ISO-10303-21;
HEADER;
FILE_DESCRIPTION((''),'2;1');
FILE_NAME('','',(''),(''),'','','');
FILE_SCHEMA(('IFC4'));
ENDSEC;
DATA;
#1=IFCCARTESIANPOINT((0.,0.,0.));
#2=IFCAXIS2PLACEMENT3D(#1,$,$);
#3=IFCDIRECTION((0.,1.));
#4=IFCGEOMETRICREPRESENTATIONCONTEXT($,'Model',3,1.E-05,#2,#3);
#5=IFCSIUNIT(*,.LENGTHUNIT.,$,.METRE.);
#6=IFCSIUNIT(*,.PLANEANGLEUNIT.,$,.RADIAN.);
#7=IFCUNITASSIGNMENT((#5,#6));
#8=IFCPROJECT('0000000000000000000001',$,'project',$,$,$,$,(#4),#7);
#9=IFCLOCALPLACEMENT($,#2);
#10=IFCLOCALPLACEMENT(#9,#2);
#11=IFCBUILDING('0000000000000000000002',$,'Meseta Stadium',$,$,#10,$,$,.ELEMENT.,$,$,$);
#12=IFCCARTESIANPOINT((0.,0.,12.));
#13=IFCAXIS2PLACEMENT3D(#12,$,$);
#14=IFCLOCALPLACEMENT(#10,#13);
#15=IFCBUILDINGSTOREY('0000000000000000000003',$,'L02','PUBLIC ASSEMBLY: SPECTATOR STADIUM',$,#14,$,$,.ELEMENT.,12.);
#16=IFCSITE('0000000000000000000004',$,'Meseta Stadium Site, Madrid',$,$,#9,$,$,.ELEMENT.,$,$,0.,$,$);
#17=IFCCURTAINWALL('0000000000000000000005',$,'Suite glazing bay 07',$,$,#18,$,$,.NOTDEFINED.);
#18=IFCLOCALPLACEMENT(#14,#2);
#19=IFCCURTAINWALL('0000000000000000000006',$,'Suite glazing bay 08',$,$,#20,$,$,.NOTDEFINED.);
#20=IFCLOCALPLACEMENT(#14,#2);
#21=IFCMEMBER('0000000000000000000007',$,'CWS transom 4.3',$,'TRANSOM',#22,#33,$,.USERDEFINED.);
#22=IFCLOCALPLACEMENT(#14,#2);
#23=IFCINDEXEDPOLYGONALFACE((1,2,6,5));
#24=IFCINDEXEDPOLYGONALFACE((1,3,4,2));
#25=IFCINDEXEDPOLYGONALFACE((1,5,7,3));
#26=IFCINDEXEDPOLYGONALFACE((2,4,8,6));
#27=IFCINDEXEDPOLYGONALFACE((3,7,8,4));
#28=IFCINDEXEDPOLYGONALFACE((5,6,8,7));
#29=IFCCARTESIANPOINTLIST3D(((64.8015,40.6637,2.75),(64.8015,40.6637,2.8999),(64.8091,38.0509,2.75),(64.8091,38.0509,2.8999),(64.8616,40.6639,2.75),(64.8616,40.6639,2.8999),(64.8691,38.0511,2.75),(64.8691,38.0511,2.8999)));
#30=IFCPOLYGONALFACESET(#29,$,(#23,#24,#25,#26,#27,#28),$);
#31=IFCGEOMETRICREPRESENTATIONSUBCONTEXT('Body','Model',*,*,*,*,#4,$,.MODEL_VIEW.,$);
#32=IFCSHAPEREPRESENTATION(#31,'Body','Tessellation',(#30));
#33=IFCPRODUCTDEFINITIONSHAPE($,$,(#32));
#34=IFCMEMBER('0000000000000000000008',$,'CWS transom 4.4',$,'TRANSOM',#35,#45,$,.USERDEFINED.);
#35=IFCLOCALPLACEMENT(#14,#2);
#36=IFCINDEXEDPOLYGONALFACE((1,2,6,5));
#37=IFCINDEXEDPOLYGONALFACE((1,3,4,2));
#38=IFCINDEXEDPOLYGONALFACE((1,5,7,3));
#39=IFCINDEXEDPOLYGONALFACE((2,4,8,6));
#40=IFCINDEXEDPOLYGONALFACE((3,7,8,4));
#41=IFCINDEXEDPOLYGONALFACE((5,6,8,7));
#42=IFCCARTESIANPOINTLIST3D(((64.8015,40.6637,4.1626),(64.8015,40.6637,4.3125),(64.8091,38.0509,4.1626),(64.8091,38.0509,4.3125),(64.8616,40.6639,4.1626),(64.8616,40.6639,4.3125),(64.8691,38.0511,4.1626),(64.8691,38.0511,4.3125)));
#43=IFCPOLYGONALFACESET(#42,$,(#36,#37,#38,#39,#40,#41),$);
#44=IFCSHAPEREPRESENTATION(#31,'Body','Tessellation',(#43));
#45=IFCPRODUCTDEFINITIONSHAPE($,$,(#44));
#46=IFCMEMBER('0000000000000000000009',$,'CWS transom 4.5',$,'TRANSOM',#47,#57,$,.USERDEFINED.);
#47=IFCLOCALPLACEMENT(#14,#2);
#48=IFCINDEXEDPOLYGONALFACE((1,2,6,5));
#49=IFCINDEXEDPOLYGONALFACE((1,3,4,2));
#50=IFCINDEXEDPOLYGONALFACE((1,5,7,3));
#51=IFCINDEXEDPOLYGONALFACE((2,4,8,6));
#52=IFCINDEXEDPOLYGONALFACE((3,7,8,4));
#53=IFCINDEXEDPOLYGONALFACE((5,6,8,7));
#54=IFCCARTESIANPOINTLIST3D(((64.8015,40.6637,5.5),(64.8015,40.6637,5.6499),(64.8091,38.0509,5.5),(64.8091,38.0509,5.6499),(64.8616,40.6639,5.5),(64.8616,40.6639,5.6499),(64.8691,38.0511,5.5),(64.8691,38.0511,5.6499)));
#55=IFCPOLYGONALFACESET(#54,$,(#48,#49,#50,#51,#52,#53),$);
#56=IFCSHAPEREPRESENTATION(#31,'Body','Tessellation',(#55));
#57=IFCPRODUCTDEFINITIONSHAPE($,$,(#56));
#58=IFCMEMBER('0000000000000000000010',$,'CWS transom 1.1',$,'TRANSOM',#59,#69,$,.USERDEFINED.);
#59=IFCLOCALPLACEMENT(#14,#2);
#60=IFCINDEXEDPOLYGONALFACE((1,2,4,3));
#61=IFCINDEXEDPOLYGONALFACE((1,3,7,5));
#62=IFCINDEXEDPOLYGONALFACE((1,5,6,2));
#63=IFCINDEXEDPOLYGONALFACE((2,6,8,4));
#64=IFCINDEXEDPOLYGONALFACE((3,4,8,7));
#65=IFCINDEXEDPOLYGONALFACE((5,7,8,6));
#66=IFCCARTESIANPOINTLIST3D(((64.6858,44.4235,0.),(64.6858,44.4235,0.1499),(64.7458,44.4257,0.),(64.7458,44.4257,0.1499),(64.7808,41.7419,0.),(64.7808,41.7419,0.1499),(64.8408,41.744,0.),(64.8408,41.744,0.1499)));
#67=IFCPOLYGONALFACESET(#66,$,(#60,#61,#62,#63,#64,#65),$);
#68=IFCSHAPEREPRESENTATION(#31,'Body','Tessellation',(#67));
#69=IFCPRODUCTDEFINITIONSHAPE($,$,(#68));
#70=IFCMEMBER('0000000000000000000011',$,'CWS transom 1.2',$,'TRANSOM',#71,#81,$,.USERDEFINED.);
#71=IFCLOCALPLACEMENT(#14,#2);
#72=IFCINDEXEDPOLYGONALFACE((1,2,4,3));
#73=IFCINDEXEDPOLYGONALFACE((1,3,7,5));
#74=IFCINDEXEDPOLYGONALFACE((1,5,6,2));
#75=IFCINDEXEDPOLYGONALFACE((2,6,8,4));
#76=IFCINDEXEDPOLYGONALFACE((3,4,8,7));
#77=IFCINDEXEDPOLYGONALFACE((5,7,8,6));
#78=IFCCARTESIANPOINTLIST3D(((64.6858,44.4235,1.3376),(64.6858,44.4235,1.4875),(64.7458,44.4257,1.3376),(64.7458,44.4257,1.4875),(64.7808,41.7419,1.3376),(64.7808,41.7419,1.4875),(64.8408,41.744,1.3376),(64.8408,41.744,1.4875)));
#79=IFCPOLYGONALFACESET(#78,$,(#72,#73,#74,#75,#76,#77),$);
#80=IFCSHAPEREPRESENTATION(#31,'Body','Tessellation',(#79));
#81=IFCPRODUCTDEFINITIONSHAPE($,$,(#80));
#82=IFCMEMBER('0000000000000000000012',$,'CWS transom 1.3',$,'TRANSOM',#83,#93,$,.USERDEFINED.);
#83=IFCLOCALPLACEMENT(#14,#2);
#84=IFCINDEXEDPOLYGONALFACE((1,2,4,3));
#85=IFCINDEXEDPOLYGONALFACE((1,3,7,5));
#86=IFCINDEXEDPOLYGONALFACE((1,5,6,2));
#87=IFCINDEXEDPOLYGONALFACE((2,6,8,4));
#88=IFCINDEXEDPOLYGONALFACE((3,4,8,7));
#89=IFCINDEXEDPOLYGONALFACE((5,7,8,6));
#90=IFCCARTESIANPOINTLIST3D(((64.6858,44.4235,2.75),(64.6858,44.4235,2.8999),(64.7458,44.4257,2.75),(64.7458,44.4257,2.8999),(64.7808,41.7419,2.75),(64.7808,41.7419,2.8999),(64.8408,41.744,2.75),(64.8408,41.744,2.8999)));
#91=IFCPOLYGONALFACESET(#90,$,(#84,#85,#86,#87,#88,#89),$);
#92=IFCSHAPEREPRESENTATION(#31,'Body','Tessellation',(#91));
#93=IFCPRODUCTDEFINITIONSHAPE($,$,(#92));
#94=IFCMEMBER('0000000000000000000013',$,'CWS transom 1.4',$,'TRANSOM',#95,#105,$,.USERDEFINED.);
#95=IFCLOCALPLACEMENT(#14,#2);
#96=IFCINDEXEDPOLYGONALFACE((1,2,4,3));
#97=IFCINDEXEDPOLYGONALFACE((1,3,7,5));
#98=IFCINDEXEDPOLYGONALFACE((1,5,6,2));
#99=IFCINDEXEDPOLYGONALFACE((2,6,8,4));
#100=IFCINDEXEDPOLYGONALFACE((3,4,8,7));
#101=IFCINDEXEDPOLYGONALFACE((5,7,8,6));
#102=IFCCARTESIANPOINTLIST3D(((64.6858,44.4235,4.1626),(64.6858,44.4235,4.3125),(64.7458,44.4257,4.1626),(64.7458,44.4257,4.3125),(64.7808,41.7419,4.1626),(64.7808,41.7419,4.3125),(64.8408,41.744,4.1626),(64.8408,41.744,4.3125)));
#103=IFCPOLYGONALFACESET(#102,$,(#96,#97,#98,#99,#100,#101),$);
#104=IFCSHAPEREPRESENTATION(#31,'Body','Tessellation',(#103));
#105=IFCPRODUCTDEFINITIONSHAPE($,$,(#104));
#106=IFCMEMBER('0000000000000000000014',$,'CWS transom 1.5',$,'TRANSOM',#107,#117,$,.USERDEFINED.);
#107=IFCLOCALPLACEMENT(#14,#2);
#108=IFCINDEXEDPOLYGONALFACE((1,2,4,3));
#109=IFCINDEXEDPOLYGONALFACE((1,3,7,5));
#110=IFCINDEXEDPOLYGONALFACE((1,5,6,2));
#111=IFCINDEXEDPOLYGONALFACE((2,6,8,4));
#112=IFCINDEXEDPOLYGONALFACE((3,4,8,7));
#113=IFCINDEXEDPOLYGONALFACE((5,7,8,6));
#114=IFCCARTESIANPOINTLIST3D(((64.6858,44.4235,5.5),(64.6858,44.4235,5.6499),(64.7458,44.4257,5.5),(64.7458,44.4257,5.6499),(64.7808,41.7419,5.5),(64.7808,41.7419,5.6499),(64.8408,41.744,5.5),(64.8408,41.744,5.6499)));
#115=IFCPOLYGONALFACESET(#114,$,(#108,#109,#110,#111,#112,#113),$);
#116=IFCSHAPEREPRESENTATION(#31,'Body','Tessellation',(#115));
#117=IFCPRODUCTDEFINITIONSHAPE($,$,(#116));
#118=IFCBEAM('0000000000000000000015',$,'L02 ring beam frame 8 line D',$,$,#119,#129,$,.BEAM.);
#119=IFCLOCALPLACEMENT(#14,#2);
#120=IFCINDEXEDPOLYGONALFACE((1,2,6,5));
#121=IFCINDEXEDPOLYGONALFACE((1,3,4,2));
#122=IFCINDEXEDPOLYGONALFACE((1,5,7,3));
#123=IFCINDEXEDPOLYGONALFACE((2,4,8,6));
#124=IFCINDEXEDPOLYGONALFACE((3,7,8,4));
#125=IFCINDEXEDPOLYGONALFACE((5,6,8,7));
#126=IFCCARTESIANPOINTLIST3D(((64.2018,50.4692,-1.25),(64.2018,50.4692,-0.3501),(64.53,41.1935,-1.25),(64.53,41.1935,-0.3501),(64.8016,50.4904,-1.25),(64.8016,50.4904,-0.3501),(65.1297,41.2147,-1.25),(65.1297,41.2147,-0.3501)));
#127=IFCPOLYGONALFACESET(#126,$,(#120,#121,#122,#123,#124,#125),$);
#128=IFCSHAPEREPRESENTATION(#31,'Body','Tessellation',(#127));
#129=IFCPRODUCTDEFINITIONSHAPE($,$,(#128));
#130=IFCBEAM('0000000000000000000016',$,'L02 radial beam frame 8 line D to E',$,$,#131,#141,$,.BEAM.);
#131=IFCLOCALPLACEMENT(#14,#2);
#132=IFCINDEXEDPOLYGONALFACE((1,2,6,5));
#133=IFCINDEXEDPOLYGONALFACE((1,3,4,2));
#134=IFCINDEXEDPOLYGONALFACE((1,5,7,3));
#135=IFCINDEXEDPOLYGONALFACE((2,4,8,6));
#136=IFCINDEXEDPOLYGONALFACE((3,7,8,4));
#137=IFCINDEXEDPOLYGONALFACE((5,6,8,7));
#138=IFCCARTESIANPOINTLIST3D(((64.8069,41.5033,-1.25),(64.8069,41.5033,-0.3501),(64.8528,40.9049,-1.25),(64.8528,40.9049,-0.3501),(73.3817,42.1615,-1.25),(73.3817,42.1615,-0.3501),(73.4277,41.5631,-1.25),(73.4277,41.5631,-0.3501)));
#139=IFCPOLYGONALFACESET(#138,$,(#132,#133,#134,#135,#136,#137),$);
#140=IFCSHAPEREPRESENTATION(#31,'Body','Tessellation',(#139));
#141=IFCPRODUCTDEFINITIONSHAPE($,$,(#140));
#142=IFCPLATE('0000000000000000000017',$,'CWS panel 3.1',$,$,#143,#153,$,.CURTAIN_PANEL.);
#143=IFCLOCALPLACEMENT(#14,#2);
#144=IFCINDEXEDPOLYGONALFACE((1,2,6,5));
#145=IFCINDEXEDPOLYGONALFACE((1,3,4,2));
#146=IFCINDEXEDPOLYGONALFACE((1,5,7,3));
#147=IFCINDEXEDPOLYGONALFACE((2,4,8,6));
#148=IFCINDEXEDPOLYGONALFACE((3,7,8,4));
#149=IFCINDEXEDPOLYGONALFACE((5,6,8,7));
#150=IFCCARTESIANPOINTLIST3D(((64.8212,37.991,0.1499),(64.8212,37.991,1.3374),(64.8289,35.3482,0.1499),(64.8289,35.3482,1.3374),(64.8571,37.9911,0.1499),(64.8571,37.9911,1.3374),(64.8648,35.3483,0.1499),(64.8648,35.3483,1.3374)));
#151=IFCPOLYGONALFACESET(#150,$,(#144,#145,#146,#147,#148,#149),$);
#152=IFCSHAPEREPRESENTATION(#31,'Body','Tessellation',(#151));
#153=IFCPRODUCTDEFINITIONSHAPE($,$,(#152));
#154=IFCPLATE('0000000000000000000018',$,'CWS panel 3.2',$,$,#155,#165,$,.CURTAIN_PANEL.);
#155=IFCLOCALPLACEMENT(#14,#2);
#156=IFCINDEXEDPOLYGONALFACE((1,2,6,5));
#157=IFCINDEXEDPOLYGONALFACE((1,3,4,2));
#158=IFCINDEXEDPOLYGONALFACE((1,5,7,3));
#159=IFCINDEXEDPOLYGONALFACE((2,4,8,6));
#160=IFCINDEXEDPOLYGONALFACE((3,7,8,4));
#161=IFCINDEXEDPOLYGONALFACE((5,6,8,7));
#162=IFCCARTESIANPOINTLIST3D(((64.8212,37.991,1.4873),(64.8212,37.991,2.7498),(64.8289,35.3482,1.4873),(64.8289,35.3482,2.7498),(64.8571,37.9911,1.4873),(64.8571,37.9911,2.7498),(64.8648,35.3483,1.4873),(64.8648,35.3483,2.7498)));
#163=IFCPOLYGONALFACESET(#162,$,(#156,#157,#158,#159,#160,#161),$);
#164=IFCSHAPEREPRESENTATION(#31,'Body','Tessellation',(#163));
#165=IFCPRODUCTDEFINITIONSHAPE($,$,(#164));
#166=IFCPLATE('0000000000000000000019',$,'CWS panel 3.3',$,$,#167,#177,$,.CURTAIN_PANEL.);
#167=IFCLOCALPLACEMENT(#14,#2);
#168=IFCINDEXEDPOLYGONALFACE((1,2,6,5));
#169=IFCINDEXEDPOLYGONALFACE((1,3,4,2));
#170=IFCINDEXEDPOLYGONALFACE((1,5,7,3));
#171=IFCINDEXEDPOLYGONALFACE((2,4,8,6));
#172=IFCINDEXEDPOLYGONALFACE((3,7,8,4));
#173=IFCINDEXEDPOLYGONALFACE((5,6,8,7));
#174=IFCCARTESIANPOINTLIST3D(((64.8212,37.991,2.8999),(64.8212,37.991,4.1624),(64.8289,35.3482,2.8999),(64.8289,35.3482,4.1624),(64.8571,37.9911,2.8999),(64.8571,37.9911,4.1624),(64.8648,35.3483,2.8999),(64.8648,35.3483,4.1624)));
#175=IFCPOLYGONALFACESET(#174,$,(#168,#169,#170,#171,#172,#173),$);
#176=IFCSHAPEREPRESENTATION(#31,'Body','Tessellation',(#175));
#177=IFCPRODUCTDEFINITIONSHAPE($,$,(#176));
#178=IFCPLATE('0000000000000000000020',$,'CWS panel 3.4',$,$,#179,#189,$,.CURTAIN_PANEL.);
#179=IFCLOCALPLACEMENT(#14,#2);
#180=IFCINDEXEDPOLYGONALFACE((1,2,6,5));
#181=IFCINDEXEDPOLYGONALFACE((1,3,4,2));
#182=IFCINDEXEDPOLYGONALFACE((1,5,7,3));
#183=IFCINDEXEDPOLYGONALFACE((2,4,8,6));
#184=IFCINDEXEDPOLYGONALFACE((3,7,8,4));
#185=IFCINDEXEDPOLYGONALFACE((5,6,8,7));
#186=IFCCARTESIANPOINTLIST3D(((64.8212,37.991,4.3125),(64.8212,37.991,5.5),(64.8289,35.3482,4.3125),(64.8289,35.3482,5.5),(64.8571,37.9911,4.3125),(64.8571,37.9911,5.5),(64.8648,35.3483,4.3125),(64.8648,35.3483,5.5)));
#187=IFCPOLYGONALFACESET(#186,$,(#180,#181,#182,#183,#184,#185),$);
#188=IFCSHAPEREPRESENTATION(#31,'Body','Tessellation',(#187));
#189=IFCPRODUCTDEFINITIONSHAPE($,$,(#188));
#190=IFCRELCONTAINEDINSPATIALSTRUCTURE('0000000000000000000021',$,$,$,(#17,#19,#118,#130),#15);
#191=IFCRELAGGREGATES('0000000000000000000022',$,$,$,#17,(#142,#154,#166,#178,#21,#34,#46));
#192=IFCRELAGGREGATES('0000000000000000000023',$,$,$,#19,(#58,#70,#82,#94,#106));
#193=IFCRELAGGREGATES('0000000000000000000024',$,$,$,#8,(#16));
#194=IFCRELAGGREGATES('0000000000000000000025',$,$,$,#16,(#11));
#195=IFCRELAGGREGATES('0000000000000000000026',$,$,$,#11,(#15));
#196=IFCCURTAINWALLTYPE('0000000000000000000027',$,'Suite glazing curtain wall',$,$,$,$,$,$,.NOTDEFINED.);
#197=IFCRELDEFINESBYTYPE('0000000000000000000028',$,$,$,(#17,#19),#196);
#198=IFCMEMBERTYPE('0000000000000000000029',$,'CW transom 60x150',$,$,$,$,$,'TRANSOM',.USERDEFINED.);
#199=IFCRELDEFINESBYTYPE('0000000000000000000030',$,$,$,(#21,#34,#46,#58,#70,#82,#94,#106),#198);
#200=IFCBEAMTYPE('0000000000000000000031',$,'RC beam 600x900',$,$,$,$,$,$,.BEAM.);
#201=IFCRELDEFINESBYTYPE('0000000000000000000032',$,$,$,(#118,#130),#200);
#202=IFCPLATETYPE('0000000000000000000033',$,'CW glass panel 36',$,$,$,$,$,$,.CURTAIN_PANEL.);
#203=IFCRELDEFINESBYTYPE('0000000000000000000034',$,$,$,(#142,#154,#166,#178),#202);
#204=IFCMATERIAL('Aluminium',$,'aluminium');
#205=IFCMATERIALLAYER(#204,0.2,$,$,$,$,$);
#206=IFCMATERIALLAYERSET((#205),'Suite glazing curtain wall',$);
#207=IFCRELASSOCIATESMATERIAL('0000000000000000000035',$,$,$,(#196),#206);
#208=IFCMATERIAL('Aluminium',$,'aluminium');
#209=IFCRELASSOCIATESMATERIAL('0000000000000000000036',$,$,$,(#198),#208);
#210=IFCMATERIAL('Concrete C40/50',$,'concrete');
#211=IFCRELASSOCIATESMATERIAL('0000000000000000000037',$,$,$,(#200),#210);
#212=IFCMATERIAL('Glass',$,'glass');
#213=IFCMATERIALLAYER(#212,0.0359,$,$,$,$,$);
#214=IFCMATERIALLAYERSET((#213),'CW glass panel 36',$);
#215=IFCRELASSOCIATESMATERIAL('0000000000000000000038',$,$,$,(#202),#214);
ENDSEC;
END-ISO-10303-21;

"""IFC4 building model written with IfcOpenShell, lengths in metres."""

from ifc_helpers import new_model, si_unit, direction, frame, origin, origin_2d, place, context, subcontext, project, spatial, rectangle, extrude, material, layer, layer_set, material_profile, profile_set, type_object, element, aggregate, save


model = new_model("IFC4")

# Units and contexts
model_context = context("Model", 3, precision=1e-05, world=origin(), true_north=direction((0.0, 1.0)))
body_context = subcontext(model_context, "Body", "Model", "MODEL_VIEW")
ifc_project = project(units=[si_unit("LENGTHUNIT", "METRE"), si_unit("PLANEANGLEUNIT", "RADIAN")], contexts=[model_context])

# Site, building, storey
site_placement = place(None, origin())
site = spatial("IfcSite", under=ifc_project, at=site_placement, Name="Meseta Stadium Site, Madrid", CompositionType="ELEMENT", RefElevation=0.0)
building_placement = place(site_placement, origin())
building = spatial("IfcBuilding", under=site, at=building_placement, Name="Meseta Stadium", CompositionType="ELEMENT")
storey_placement = place(building_placement, frame((0.0, 0.0, 12.0)))
storey = spatial("IfcBuildingStorey", under=building, at=storey_placement, Name="L02", Description="PUBLIC ASSEMBLY: SPECTATOR STADIUM", CompositionType="ELEMENT", Elevation=12.0)

# Curtain wall
ifc_material_1 = material(Name="Aluminium", Category="aluminium")
ifc_layer_1 = layer(ifc_material_1, 0.2)
ifc_layer_set_1 = layer_set([ifc_layer_1], Name="Suite glazing curtain wall")
curtain_wall_type = type_object("IfcCurtainWallType", Name="Suite glazing curtain wall", PredefinedType="NOTDEFINED", material=ifc_layer_set_1)
curtain_wall_1_placement = place(storey_placement, origin())
curtain_wall_1 = element("IfcCurtainWall", 1, at=curtain_wall_1_placement, inside=storey, type_object=curtain_wall_type, Name="Suite glazing bay 07", PredefinedType="NOTDEFINED")

# Curtain wall
curtain_wall_2_placement = place(storey_placement, origin())
curtain_wall_2 = element("IfcCurtainWall", 2, at=curtain_wall_2_placement, inside=storey, type_object=curtain_wall_type, Name="Suite glazing bay 08", PredefinedType="NOTDEFINED")

# Members
ifc_material_2 = material(Name="Aluminium", Category="aluminium")
ifc_material_profile_1 = material_profile(ifc_material_2, rectangle(XDim=0.0601, YDim=0.1499, at=origin_2d()), Name="CW 60x150")
ifc_profile_set_1 = profile_set([ifc_material_profile_1], Name="Aluminium")
member_type_1 = type_object("IfcMemberType", Name="CW transom 60x150", ElementType="TRANSOM", PredefinedType="USERDEFINED", material=ifc_profile_set_1)
member_1_placement = place(storey_placement, frame((64.8391, 38.051, 2.825), z_axis=(-0.002897, 0.999996, 0.0), x_axis=(-0.999996, -0.002897, 0.0)))
member_1 = element("IfcMember", 3, at=member_1_placement, type_object=member_type_1, Name="CWS transom 4.3", ObjectType="TRANSOM", PredefinedType="USERDEFINED", context=body_context, shape_type="SweptSolid", body=[
    extrude(rectangle(XDim=0.0601, YDim=0.1499, at=origin_2d()), origin(), (0.0, 0.0, 1.0), 2.6128),
])
member_2_placement = place(storey_placement, frame((64.8391, 38.051, 4.2375), z_axis=(-0.002897, 0.999996, 0.0), x_axis=(-0.999996, -0.002897, 0.0)))
member_2 = element("IfcMember", 4, at=member_2_placement, type_object=member_type_1, Name="CWS transom 4.4", ObjectType="TRANSOM", PredefinedType="USERDEFINED", context=body_context, shape_type="SweptSolid", body=[
    extrude(rectangle(XDim=0.0601, YDim=0.1499, at=origin_2d()), origin(), (0.0, 0.0, 1.0), 2.6128),
])
member_3_placement = place(storey_placement, frame((64.8391, 38.051, 5.575), z_axis=(-0.002897, 0.999996, 0.0), x_axis=(-0.999996, -0.002897, 0.0)))
member_3 = element("IfcMember", 5, at=member_3_placement, type_object=member_type_1, Name="CWS transom 4.5", ObjectType="TRANSOM", PredefinedType="USERDEFINED", context=body_context, shape_type="SweptSolid", body=[
    extrude(rectangle(XDim=0.0601, YDim=0.1499, at=origin_2d()), origin(), (0.0, 0.0, 1.0), 2.6128),
])
member_4_placement = place(storey_placement, frame((64.8108, 41.7429, 0.075), z_axis=(-0.035393, 0.999373, 0.0), x_axis=(-0.999373, -0.035393, 0.0)))
member_4 = element("IfcMember", 6, at=member_4_placement, type_object=member_type_1, Name="CWS transom 1.1", ObjectType="TRANSOM", PredefinedType="USERDEFINED", context=body_context, shape_type="SweptSolid", body=[
    extrude(rectangle(XDim=0.0601, YDim=0.1499, at=origin_2d()), origin(), (0.0, 0.0, 1.0), 2.6833),
])
member_5_placement = place(storey_placement, frame((64.8108, 41.7429, 1.4126), z_axis=(-0.035393, 0.999373, 0.0), x_axis=(-0.999373, -0.035393, 0.0)))
member_5 = element("IfcMember", 7, at=member_5_placement, type_object=member_type_1, Name="CWS transom 1.2", ObjectType="TRANSOM", PredefinedType="USERDEFINED", context=body_context, shape_type="SweptSolid", body=[
    extrude(rectangle(XDim=0.0601, YDim=0.1499, at=origin_2d()), origin(), (0.0, 0.0, 1.0), 2.6833),
])
member_6_placement = place(storey_placement, frame((64.8108, 41.7429, 2.825), z_axis=(-0.035393, 0.999373, 0.0), x_axis=(-0.999373, -0.035393, 0.0)))
member_6 = element("IfcMember", 8, at=member_6_placement, type_object=member_type_1, Name="CWS transom 1.3", ObjectType="TRANSOM", PredefinedType="USERDEFINED", context=body_context, shape_type="SweptSolid", body=[
    extrude(rectangle(XDim=0.0601, YDim=0.1499, at=origin_2d()), origin(), (0.0, 0.0, 1.0), 2.6833),
])
member_7_placement = place(storey_placement, frame((64.8108, 41.7429, 4.2375), z_axis=(-0.035393, 0.999373, 0.0), x_axis=(-0.999373, -0.035393, 0.0)))
member_7 = element("IfcMember", 9, at=member_7_placement, type_object=member_type_1, Name="CWS transom 1.4", ObjectType="TRANSOM", PredefinedType="USERDEFINED", context=body_context, shape_type="SweptSolid", body=[
    extrude(rectangle(XDim=0.0601, YDim=0.1499, at=origin_2d()), origin(), (0.0, 0.0, 1.0), 2.6833),
])
member_8_placement = place(storey_placement, frame((64.8108, 41.7429, 5.575), z_axis=(-0.035393, 0.999373, 0.0), x_axis=(-0.999373, -0.035393, 0.0)))
member_8 = element("IfcMember", 10, at=member_8_placement, type_object=member_type_1, Name="CWS transom 1.5", ObjectType="TRANSOM", PredefinedType="USERDEFINED", context=body_context, shape_type="SweptSolid", body=[
    extrude(rectangle(XDim=0.0601, YDim=0.1499, at=origin_2d()), origin(), (0.0, 0.0, 1.0), 2.6833),
])

# Beams
ifc_material_3 = material(Name="Concrete C40/50", Category="concrete")
ifc_material_profile_2 = material_profile(ifc_material_3, rectangle(XDim=0.6001, YDim=0.8999, at=origin_2d()), Name="RC 600x900")
ifc_profile_set_2 = profile_set([ifc_material_profile_2], Name="Concrete C40/50")
beam_type = type_object("IfcBeamType", Name="RC beam 600x900", PredefinedType="BEAM", material=ifc_profile_set_2)
beam_1_placement = place(storey_placement, frame((64.8298, 41.2041, -0.8), z_axis=(-0.035353, 0.999375, 0.0), x_axis=(-0.999375, -0.035353, 0.0)))
element("IfcBeam", 11, at=beam_1_placement, inside=storey, type_object=beam_type, Name="L02 ring beam frame 8 line D", PredefinedType="BEAM", context=body_context, shape_type="SweptSolid", body=[
    extrude(rectangle(XDim=0.6001, YDim=0.8999, at=origin_2d()), origin(), (0.0, 0.0, 1.0), 9.2815),
])
beam_2_placement = place(storey_placement, frame((64.8298, 41.2041, -0.8), z_axis=(0.997067, 0.076534, 0.0), x_axis=(-0.076534, 0.997067, 0.0)))
element("IfcBeam", 12, at=beam_2_placement, inside=storey, type_object=beam_type, Name="L02 radial beam frame 8 line D to E", PredefinedType="BEAM", context=body_context, shape_type="SweptSolid", body=[
    extrude(rectangle(XDim=0.6001, YDim=0.8999, at=origin_2d()), origin(), (0.0, 0.0, 1.0), 8.6001),
])

# Plates
ifc_material_4 = material(Name="Glass", Category="glass")
ifc_layer_2 = layer(ifc_material_4, 0.0359)
ifc_layer_set_2 = layer_set([ifc_layer_2], Name="CW glass panel 36")
plate_type = type_object("IfcPlateType", Name="CW glass panel 36", PredefinedType="CURTAIN_PANEL", material=ifc_layer_set_2)
plate_1_placement = place(storey_placement, frame((64.843, 36.6697, 0.1499), z_axis=(0.0, 0.0, 1.0), x_axis=(-0.00291, 0.999996, 0.0)))
plate_1 = element("IfcPlate", 13, at=plate_1_placement, type_object=plate_type, Name="CWS panel 3.1", PredefinedType="CURTAIN_PANEL", context=body_context, shape_type="SweptSolid", body=[
    extrude(rectangle(XDim=2.6428, YDim=0.0359, at=origin_2d()), origin(), (0.0, 0.0, 1.0), 1.1875),
])
plate_2_placement = place(storey_placement, frame((64.843, 36.6697, 1.4873), z_axis=(0.0, 0.0, 1.0), x_axis=(-0.00291, 0.999996, 0.0)))
plate_2 = element("IfcPlate", 14, at=plate_2_placement, type_object=plate_type, Name="CWS panel 3.2", PredefinedType="CURTAIN_PANEL", context=body_context, shape_type="SweptSolid", body=[
    extrude(rectangle(XDim=2.6428, YDim=0.0359, at=origin_2d()), origin(), (0.0, 0.0, 1.0), 1.2625),
])
plate_3_placement = place(storey_placement, frame((64.843, 36.6697, 2.8999), z_axis=(0.0, 0.0, 1.0), x_axis=(-0.00291, 0.999996, 0.0)))
plate_3 = element("IfcPlate", 15, at=plate_3_placement, type_object=plate_type, Name="CWS panel 3.3", PredefinedType="CURTAIN_PANEL", context=body_context, shape_type="SweptSolid", body=[
    extrude(rectangle(XDim=2.6428, YDim=0.0359, at=origin_2d()), origin(), (0.0, 0.0, 1.0), 1.2625),
])
plate_4_placement = place(storey_placement, frame((64.843, 36.6697, 4.3125), z_axis=(0.0, 0.0, 1.0), x_axis=(-0.00291, 0.999996, 0.0)))
plate_4 = element("IfcPlate", 16, at=plate_4_placement, type_object=plate_type, Name="CWS panel 3.4", PredefinedType="CURTAIN_PANEL", context=body_context, shape_type="SweptSolid", body=[
    extrude(rectangle(XDim=2.6428, YDim=0.0359, at=origin_2d()), origin(), (0.0, 0.0, 1.0), 1.1875),
])
aggregate(curtain_wall_1, [plate_1, plate_2, plate_3, plate_4, member_1, member_2, member_3])
aggregate(curtain_wall_2, [member_4, member_5, member_6, member_7, member_8])

save(model, "model.ifc")
